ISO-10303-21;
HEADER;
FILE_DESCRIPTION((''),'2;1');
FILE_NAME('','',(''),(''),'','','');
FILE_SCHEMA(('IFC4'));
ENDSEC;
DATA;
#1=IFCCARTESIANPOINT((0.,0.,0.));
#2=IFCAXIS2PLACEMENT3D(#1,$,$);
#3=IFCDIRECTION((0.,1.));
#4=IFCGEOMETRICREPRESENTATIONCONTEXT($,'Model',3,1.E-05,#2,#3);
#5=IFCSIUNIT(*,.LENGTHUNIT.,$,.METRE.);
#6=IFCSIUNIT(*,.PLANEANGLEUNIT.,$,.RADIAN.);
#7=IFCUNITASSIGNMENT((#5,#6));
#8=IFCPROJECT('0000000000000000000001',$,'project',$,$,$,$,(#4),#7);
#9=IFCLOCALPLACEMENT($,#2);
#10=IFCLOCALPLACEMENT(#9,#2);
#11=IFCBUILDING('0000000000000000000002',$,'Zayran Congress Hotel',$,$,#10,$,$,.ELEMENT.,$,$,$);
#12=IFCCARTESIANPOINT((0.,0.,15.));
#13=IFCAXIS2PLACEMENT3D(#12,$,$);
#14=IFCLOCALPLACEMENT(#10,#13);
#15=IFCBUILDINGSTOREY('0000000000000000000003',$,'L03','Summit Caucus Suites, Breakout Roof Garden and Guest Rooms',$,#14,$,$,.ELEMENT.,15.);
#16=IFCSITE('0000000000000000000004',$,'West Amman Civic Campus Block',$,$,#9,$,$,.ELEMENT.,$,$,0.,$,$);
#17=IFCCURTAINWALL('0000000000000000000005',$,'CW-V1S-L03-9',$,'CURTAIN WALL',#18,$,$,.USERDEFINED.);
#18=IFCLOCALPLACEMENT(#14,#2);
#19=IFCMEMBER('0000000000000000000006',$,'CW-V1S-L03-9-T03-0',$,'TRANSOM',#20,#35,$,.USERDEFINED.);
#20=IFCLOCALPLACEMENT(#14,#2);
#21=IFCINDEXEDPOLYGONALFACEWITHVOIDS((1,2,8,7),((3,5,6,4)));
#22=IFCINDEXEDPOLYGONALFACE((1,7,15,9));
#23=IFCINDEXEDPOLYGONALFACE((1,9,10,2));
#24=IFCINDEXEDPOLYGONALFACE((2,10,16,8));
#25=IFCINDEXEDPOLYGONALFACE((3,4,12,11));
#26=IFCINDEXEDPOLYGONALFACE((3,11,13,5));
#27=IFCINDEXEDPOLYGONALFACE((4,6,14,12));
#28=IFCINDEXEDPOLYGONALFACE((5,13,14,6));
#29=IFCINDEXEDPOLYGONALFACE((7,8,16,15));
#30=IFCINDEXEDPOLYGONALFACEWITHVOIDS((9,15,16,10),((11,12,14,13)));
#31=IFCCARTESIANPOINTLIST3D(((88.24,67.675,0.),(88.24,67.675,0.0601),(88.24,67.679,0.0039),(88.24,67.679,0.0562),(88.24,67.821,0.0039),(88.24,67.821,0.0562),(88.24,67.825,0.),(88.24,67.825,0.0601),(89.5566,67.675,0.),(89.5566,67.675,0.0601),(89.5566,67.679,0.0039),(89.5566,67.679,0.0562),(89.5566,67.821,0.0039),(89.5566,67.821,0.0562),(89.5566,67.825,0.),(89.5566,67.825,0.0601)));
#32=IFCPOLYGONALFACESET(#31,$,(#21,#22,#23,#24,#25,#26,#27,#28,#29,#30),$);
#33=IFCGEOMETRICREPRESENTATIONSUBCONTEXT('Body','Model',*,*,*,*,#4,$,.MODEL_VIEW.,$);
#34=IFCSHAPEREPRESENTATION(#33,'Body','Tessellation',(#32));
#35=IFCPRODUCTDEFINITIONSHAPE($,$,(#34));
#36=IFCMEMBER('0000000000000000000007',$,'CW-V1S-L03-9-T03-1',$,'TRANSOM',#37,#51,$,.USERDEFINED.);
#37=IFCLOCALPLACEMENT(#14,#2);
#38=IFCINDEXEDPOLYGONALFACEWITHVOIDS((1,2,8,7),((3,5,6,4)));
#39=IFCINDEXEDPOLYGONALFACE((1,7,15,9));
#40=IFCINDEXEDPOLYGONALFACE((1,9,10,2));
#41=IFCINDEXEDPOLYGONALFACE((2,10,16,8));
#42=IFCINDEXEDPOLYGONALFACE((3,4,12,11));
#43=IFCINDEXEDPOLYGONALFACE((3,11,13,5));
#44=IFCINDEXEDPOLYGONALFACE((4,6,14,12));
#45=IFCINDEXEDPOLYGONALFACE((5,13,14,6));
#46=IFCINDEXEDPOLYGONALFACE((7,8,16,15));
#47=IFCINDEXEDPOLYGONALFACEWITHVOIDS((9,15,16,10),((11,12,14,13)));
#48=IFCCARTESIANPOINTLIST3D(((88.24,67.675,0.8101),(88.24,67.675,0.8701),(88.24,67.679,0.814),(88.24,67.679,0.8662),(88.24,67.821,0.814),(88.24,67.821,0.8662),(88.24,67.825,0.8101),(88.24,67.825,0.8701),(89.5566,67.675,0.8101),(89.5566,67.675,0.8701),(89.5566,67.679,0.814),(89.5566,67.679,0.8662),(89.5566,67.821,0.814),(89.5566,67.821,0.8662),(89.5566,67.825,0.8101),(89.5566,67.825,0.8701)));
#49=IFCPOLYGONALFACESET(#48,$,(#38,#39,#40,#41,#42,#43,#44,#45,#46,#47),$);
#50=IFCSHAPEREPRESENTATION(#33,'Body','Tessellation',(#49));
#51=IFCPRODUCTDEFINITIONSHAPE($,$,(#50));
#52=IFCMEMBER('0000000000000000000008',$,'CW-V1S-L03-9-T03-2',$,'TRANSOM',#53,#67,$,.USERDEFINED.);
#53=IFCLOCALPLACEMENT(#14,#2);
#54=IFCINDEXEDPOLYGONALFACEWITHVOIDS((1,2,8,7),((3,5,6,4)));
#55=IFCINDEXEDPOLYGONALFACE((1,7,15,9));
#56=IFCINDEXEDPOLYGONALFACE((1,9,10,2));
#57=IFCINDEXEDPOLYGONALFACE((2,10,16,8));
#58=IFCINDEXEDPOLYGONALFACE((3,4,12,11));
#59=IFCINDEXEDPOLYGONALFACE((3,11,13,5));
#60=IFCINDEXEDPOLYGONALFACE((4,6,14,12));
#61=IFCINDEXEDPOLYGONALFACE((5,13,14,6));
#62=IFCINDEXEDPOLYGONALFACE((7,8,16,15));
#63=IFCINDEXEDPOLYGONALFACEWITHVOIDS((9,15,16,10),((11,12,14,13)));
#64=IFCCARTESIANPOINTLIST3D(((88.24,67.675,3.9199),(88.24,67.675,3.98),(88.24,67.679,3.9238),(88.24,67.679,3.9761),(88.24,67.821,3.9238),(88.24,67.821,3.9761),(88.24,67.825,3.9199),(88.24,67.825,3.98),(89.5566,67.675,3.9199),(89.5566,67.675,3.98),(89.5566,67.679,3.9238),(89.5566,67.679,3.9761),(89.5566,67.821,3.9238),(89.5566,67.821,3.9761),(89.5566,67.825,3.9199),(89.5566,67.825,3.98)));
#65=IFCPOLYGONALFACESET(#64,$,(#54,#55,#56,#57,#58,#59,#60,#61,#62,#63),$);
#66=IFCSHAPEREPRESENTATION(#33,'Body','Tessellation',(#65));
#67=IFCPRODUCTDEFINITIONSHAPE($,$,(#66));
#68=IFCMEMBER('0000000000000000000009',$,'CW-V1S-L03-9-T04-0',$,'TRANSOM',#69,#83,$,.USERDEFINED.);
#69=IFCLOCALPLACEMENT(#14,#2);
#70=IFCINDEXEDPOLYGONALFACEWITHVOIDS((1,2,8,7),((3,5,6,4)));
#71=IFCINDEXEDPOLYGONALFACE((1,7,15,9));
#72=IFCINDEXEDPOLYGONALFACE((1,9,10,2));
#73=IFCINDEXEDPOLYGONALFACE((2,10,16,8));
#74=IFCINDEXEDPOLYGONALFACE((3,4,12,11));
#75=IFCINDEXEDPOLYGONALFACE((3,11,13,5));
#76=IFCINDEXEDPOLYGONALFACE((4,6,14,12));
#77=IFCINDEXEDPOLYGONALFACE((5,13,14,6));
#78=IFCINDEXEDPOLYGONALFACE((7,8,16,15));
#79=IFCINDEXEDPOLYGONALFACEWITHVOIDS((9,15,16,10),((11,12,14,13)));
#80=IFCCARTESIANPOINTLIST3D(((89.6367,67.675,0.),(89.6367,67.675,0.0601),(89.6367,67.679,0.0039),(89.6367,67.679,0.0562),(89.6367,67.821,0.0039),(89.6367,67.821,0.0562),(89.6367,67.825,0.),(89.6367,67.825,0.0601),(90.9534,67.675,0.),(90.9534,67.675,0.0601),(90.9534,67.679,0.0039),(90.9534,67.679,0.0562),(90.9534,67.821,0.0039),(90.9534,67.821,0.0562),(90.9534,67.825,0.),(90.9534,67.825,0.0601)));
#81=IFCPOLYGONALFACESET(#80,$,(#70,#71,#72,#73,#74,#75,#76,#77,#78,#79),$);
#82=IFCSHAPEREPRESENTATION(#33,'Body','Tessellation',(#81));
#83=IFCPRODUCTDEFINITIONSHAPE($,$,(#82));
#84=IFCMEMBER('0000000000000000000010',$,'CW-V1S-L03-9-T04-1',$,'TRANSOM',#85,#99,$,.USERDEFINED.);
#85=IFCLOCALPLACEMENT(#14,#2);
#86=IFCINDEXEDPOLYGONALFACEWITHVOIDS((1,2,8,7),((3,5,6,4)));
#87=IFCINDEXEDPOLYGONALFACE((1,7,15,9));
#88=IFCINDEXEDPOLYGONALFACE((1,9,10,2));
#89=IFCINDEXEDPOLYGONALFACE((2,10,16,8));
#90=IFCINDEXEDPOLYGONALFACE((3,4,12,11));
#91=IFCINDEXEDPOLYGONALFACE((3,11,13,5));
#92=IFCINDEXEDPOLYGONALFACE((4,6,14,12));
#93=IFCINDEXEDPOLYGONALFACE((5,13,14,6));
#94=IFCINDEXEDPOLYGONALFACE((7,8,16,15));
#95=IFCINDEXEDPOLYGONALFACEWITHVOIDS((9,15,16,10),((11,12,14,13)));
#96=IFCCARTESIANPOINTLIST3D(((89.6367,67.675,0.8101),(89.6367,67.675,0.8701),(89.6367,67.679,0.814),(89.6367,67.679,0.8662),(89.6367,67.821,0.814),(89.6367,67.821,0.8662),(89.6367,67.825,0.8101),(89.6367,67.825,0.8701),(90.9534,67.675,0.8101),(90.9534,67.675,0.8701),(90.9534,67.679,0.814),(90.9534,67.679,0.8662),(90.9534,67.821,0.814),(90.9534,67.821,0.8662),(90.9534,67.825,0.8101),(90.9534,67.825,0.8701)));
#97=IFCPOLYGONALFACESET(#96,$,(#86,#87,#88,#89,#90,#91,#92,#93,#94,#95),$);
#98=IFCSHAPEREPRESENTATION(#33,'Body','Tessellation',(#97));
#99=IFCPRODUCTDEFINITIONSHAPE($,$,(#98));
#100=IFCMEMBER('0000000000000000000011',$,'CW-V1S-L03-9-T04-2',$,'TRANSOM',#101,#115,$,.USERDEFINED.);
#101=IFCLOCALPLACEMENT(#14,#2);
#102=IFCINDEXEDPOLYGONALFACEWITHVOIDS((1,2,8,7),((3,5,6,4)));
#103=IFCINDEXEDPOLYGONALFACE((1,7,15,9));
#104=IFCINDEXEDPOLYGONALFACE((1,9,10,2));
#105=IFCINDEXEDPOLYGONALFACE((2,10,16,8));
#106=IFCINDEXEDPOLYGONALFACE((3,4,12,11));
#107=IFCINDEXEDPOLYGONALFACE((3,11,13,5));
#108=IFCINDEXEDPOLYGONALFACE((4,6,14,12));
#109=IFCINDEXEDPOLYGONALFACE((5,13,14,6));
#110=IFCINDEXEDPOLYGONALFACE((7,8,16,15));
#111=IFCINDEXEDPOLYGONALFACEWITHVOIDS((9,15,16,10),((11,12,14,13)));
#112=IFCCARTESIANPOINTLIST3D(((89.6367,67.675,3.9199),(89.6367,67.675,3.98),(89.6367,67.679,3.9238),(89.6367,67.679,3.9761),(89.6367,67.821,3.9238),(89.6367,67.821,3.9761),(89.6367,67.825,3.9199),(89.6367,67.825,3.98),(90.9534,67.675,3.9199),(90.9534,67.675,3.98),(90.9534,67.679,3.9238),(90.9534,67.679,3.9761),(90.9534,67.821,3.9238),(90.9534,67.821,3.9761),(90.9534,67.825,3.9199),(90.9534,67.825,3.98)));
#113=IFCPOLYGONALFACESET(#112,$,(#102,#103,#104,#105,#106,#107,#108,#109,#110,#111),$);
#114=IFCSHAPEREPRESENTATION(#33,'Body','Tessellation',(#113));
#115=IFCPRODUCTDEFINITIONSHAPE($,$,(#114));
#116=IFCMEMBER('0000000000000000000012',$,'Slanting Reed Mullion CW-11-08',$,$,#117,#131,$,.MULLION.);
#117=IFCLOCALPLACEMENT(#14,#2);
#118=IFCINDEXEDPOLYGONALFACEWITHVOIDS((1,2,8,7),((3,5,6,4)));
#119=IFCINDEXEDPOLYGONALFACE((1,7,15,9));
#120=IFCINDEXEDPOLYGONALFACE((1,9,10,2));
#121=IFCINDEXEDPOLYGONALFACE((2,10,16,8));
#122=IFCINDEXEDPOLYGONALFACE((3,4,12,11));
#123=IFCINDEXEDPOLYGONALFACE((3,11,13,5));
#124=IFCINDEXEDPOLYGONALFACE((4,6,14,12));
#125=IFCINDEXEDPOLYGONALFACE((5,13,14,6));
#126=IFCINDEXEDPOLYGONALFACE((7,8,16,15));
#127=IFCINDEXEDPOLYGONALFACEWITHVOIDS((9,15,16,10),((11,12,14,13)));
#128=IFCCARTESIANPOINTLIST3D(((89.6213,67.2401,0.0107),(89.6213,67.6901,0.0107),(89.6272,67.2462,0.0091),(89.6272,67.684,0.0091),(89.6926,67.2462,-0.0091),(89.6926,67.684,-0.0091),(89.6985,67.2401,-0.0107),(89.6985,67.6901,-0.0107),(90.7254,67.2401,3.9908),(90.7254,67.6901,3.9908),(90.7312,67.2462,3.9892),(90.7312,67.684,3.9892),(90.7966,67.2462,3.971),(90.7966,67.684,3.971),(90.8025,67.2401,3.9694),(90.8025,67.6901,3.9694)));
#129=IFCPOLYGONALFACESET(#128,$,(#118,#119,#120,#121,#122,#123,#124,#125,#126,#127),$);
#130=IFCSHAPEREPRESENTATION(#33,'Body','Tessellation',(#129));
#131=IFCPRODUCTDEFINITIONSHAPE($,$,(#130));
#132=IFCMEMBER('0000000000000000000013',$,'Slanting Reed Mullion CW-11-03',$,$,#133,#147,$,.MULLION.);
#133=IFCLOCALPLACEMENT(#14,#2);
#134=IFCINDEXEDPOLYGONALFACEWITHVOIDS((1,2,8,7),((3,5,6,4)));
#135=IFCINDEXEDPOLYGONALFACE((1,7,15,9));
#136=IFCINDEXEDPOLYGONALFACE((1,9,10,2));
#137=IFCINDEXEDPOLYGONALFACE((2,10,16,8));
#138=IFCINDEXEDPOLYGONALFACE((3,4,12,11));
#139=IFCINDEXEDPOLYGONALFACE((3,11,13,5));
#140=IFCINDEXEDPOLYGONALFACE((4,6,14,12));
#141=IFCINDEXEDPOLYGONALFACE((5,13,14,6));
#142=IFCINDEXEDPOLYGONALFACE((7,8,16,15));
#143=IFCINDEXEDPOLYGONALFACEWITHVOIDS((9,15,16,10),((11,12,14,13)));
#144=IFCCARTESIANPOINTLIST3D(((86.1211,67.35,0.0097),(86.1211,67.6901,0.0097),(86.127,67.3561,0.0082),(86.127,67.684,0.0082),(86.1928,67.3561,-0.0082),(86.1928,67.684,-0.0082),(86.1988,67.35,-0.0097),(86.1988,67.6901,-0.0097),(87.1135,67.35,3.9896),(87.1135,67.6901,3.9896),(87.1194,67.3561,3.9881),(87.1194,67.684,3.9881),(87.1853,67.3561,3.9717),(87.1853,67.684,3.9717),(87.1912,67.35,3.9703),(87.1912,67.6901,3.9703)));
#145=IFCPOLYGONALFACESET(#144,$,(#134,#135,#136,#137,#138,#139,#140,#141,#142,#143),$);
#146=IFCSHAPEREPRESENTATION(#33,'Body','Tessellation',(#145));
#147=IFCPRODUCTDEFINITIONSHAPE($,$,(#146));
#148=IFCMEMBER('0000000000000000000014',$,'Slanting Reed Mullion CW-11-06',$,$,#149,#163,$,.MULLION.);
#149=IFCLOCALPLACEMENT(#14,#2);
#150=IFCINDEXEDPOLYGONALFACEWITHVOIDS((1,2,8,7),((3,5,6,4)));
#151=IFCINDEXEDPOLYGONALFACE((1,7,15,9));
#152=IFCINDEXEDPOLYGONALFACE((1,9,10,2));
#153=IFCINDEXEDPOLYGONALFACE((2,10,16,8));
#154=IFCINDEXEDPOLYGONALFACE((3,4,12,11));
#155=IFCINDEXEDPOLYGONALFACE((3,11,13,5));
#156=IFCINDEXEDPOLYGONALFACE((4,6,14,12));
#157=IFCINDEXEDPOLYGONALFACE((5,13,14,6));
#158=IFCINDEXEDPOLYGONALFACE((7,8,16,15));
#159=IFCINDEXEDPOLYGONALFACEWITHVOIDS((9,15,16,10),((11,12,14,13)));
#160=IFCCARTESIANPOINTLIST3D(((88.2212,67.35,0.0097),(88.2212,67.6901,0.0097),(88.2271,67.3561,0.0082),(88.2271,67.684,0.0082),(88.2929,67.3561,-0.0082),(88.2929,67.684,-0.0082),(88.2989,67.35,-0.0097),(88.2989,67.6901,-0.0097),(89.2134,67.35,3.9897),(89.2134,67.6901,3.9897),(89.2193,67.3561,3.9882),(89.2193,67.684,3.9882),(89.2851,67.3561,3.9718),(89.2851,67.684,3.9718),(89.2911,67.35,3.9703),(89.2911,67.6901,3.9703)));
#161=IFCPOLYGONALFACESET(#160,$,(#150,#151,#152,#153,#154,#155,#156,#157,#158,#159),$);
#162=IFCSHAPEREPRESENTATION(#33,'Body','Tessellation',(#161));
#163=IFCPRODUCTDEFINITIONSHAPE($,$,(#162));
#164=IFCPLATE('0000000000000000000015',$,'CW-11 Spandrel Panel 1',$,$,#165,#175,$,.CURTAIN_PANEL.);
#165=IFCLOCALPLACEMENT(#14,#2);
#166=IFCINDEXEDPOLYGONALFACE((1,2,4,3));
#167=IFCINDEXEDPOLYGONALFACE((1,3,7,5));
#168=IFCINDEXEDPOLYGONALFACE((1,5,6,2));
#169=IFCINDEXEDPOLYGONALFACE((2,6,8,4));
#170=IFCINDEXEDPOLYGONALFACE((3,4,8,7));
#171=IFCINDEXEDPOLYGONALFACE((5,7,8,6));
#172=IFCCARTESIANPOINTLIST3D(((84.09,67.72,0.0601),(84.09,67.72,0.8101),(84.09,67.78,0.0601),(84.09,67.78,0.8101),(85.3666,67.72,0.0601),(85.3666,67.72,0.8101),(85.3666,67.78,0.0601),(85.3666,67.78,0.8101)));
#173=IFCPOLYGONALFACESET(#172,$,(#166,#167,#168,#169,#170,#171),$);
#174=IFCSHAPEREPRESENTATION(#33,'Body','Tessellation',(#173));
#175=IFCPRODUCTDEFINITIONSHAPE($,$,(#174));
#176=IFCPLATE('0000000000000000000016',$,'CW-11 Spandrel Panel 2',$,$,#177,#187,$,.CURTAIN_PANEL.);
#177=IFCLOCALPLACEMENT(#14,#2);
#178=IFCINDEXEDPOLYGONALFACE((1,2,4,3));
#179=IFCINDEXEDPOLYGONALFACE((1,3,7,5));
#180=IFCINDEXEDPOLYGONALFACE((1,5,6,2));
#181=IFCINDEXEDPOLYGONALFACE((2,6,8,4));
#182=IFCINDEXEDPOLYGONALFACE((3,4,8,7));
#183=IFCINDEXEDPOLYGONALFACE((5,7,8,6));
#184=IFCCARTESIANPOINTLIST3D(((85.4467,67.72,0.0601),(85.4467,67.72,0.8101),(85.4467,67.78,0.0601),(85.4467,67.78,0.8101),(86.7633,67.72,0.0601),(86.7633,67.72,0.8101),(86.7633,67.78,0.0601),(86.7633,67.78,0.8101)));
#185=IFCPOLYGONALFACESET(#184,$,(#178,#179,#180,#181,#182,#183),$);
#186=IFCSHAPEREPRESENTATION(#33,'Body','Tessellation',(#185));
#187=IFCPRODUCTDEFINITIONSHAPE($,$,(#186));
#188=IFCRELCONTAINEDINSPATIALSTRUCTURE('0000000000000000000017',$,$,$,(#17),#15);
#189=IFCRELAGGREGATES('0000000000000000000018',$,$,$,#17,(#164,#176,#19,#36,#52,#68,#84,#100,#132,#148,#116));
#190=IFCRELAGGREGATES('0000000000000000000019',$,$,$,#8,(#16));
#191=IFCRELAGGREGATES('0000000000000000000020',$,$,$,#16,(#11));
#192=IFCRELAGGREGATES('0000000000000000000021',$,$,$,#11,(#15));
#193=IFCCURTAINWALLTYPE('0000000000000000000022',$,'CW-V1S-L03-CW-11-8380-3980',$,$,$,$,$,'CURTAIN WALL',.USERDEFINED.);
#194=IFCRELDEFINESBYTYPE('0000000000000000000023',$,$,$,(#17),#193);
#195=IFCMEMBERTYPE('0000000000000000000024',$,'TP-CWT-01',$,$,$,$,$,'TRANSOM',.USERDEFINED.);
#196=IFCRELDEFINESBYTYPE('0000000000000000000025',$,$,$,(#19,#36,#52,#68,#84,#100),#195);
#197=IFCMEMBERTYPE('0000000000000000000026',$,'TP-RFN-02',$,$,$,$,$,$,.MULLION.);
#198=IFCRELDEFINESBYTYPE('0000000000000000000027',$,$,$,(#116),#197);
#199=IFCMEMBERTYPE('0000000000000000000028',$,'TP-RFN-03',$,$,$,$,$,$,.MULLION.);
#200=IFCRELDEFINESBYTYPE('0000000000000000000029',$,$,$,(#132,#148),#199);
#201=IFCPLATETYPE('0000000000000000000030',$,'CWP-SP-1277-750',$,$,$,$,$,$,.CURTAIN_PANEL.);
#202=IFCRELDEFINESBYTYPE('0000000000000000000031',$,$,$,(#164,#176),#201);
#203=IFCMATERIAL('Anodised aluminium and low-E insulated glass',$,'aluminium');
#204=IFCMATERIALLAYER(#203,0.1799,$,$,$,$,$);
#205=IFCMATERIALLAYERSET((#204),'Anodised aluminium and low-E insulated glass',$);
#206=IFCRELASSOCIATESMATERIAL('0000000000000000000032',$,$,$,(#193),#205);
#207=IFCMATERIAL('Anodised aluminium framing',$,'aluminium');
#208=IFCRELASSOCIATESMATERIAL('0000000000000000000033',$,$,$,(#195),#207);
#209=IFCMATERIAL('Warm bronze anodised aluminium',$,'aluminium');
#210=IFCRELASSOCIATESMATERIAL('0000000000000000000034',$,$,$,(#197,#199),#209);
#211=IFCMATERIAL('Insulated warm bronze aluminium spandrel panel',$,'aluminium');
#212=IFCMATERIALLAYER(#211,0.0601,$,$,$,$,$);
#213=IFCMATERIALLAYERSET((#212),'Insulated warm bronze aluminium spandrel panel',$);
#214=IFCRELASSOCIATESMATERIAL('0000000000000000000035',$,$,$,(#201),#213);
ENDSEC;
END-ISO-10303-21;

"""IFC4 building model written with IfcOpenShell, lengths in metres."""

from ifc_helpers import new_model, si_unit, direction, frame, origin, origin_2d, place, context, subcontext, project, spatial, rectangle, hollow_rectangle, extrude, material, layer, layer_set, material_profile, profile_set, type_object, element, aggregate, save


model = new_model("IFC4")

# Units and contexts
model_context = context("Model", 3, precision=1e-05, world=origin(), true_north=direction((0.0, 1.0)))
body_context = subcontext(model_context, "Body", "Model", "MODEL_VIEW")
ifc_project = project(units=[si_unit("LENGTHUNIT", "METRE"), si_unit("PLANEANGLEUNIT", "RADIAN")], contexts=[model_context])

# Site, building, storey
site_placement = place(None, origin())
site = spatial("IfcSite", under=ifc_project, at=site_placement, Name="West Amman Civic Campus Block", CompositionType="ELEMENT", RefElevation=0.0)
building_placement = place(site_placement, origin())
building = spatial("IfcBuilding", under=site, at=building_placement, Name="Zayran Congress Hotel", CompositionType="ELEMENT")
storey_placement = place(building_placement, frame((0.0, 0.0, 15.0)))
storey = spatial("IfcBuildingStorey", under=building, at=storey_placement, Name="L03", Description="Summit Caucus Suites, Breakout Roof Garden and Guest Rooms", CompositionType="ELEMENT", Elevation=15.0)

# Curtain wall, members, plates
ifc_material_1 = material(Name="Anodised aluminium and low-E insulated glass", Category="aluminium")
ifc_layer_1 = layer(ifc_material_1, 0.1799)
ifc_layer_set_1 = layer_set([ifc_layer_1], Name="Anodised aluminium and low-E insulated glass")
curtain_wall_type = type_object("IfcCurtainWallType", Name="CW-V1S-L03-CW-11-8380-3980", ElementType="CURTAIN WALL", PredefinedType="USERDEFINED", material=ifc_layer_set_1)
curtain_wall_placement = place(storey_placement, origin())
curtain_wall = element("IfcCurtainWall", 1, at=curtain_wall_placement, inside=storey, type_object=curtain_wall_type, Name="CW-V1S-L03-9", ObjectType="CURTAIN WALL", PredefinedType="USERDEFINED")
ifc_material_2 = material(Name="Anodised aluminium framing", Category="aluminium")
ifc_material_profile_1 = material_profile(ifc_material_2, hollow_rectangle(XDim=0.0601, YDim=0.1499, WallThickness=0.0039, at=origin_2d()), Name="RHS 150x60x4")
ifc_profile_set_1 = profile_set([ifc_material_profile_1], Name="Anodised aluminium framing")
member_type_1 = type_object("IfcMemberType", Name="TP-CWT-01", ElementType="TRANSOM", PredefinedType="USERDEFINED", material=ifc_profile_set_1)
member_1_placement = place(storey_placement, frame((88.24, 67.75, 0.03), z_axis=(1.0, 0.0, 0.0), x_axis=(0.0, 0.0, 1.0)))
member_1 = element("IfcMember", 2, at=member_1_placement, type_object=member_type_1, Name="CW-V1S-L03-9-T03-0", ObjectType="TRANSOM", PredefinedType="USERDEFINED", context=body_context, shape_type="SweptSolid", body=[
    extrude(hollow_rectangle(XDim=0.0601, YDim=0.1499, WallThickness=0.0039, at=origin_2d()), origin(), (0.0, 0.0, 1.0), 1.3167),
])
member_2_placement = place(storey_placement, frame((88.24, 67.75, 0.8401), z_axis=(1.0, 0.0, 0.0), x_axis=(0.0, 0.0, 1.0)))
member_2 = element("IfcMember", 3, at=member_2_placement, type_object=member_type_1, Name="CW-V1S-L03-9-T03-1", ObjectType="TRANSOM", PredefinedType="USERDEFINED", context=body_context, shape_type="SweptSolid", body=[
    extrude(hollow_rectangle(XDim=0.0601, YDim=0.1499, WallThickness=0.0039, at=origin_2d()), origin(), (0.0, 0.0, 1.0), 1.3167),
])
member_3_placement = place(storey_placement, frame((88.24, 67.75, 3.95), z_axis=(1.0, 0.0, 0.0), x_axis=(0.0, 0.0, 1.0)))
member_3 = element("IfcMember", 4, at=member_3_placement, type_object=member_type_1, Name="CW-V1S-L03-9-T03-2", ObjectType="TRANSOM", PredefinedType="USERDEFINED", context=body_context, shape_type="SweptSolid", body=[
    extrude(hollow_rectangle(XDim=0.0601, YDim=0.1499, WallThickness=0.0039, at=origin_2d()), origin(), (0.0, 0.0, 1.0), 1.3167),
])
member_4_placement = place(storey_placement, frame((89.6367, 67.75, 0.03), z_axis=(1.0, 0.0, 0.0), x_axis=(0.0, 0.0, 1.0)))
member_4 = element("IfcMember", 5, at=member_4_placement, type_object=member_type_1, Name="CW-V1S-L03-9-T04-0", ObjectType="TRANSOM", PredefinedType="USERDEFINED", context=body_context, shape_type="SweptSolid", body=[
    extrude(hollow_rectangle(XDim=0.0601, YDim=0.1499, WallThickness=0.0039, at=origin_2d()), origin(), (0.0, 0.0, 1.0), 1.3167),
])
member_5_placement = place(storey_placement, frame((89.6367, 67.75, 0.8401), z_axis=(1.0, 0.0, 0.0), x_axis=(0.0, 0.0, 1.0)))
member_5 = element("IfcMember", 6, at=member_5_placement, type_object=member_type_1, Name="CW-V1S-L03-9-T04-1", ObjectType="TRANSOM", PredefinedType="USERDEFINED", context=body_context, shape_type="SweptSolid", body=[
    extrude(hollow_rectangle(XDim=0.0601, YDim=0.1499, WallThickness=0.0039, at=origin_2d()), origin(), (0.0, 0.0, 1.0), 1.3167),
])
member_6_placement = place(storey_placement, frame((89.6367, 67.75, 3.95), z_axis=(1.0, 0.0, 0.0), x_axis=(0.0, 0.0, 1.0)))
member_6 = element("IfcMember", 7, at=member_6_placement, type_object=member_type_1, Name="CW-V1S-L03-9-T04-2", ObjectType="TRANSOM", PredefinedType="USERDEFINED", context=body_context, shape_type="SweptSolid", body=[
    extrude(hollow_rectangle(XDim=0.0601, YDim=0.1499, WallThickness=0.0039, at=origin_2d()), origin(), (0.0, 0.0, 1.0), 1.3167),
])
ifc_material_3 = material(Name="Warm bronze anodised aluminium", Category="aluminium")
ifc_material_profile_2 = material_profile(ifc_material_3, hollow_rectangle(XDim=0.0801, YDim=0.45, WallThickness=0.0061, at=origin_2d()), Name="RHS 450x80x6")
ifc_profile_set_2 = profile_set([ifc_material_profile_2], Name="Warm bronze anodised aluminium")
member_type_2 = type_object("IfcMemberType", Name="TP-RFN-02", PredefinedType="MULLION", material=ifc_profile_set_2)
member_7_placement = place(storey_placement, frame((89.6599, 67.4651, 0.0), z_axis=(0.267296, 0.0, 0.963614), x_axis=(-0.963614, 0.0, 0.267296)))
member_7 = element("IfcMember", 8, at=member_7_placement, type_object=member_type_2, Name="Slanting Reed Mullion CW-11-08", PredefinedType="MULLION", context=body_context, shape_type="SweptSolid", body=[
    extrude(hollow_rectangle(XDim=0.0801, YDim=0.45, WallThickness=0.0061, at=origin_2d()), origin(), (0.0, 0.0, 1.0), 4.1304),
])
ifc_material_profile_3 = material_profile(ifc_material_3, hollow_rectangle(XDim=0.0801, YDim=0.3401, WallThickness=0.0061, at=origin_2d()), Name="RHS 340x80x6")
ifc_profile_set_3 = profile_set([ifc_material_profile_3], Name="Warm bronze anodised aluminium")
member_type_3 = type_object("IfcMemberType", Name="TP-RFN-03", PredefinedType="MULLION", material=ifc_profile_set_3)
member_8_placement = place(storey_placement, frame((86.1599, 67.52, 0.0), z_axis=(0.241947, 0.0, 0.970289), x_axis=(-0.970289, 0.0, 0.241947)))
member_8 = element("IfcMember", 9, at=member_8_placement, type_object=member_type_3, Name="Slanting Reed Mullion CW-11-03", PredefinedType="MULLION", context=body_context, shape_type="SweptSolid", body=[
    extrude(hollow_rectangle(XDim=0.0801, YDim=0.3401, WallThickness=0.0061, at=origin_2d()), origin(), (0.0, 0.0, 1.0), 4.1018),
])
member_9_placement = place(storey_placement, frame((88.26, 67.52, 0.0), z_axis=(0.241891, 0.0, 0.970303), x_axis=(-0.970303, 0.0, 0.241891)))
member_9 = element("IfcMember", 10, at=member_9_placement, type_object=member_type_3, Name="Slanting Reed Mullion CW-11-06", PredefinedType="MULLION", context=body_context, shape_type="SweptSolid", body=[
    extrude(hollow_rectangle(XDim=0.0801, YDim=0.3401, WallThickness=0.0061, at=origin_2d()), origin(), (0.0, 0.0, 1.0), 4.1018),
])
ifc_material_4 = material(Name="Insulated warm bronze aluminium spandrel panel", Category="aluminium")
ifc_layer_2 = layer(ifc_material_4, 0.0601)
ifc_layer_set_2 = layer_set([ifc_layer_2], Name="Insulated warm bronze aluminium spandrel panel")
plate_type_1 = type_object("IfcPlateType", Name="CWP-SP-1277-750", PredefinedType="CURTAIN_PANEL", material=ifc_layer_set_2)
plate_1_placement = place(storey_placement, frame((84.7283, 67.75, 0.0601), z_axis=(0.0, 0.0, 1.0), x_axis=(1.0, 0.0, 0.0)))
plate_1 = element("IfcPlate", 11, at=plate_1_placement, type_object=plate_type_1, Name="CW-11 Spandrel Panel 1", PredefinedType="CURTAIN_PANEL", context=body_context, shape_type="SweptSolid", body=[
    extrude(rectangle(XDim=1.2766, YDim=0.0601, at=origin_2d()), origin(), (0.0, 0.0, 1.0), 0.75),
])
plate_2_placement = place(storey_placement, frame((86.105, 67.75, 0.0601), z_axis=(0.0, 0.0, 1.0), x_axis=(1.0, 0.0, 0.0)))
plate_2 = element("IfcPlate", 12, at=plate_2_placement, type_object=plate_type_1, Name="CW-11 Spandrel Panel 2", PredefinedType="CURTAIN_PANEL", context=body_context, shape_type="SweptSolid", body=[
    extrude(rectangle(XDim=1.3167, YDim=0.0601, at=origin_2d()), origin(), (0.0, 0.0, 1.0), 0.75),
])
aggregate(curtain_wall, [plate_1, plate_2, member_1, member_2, member_3, member_4, member_5, member_6, member_8, member_9, member_7])

save(model, "model.ifc")
